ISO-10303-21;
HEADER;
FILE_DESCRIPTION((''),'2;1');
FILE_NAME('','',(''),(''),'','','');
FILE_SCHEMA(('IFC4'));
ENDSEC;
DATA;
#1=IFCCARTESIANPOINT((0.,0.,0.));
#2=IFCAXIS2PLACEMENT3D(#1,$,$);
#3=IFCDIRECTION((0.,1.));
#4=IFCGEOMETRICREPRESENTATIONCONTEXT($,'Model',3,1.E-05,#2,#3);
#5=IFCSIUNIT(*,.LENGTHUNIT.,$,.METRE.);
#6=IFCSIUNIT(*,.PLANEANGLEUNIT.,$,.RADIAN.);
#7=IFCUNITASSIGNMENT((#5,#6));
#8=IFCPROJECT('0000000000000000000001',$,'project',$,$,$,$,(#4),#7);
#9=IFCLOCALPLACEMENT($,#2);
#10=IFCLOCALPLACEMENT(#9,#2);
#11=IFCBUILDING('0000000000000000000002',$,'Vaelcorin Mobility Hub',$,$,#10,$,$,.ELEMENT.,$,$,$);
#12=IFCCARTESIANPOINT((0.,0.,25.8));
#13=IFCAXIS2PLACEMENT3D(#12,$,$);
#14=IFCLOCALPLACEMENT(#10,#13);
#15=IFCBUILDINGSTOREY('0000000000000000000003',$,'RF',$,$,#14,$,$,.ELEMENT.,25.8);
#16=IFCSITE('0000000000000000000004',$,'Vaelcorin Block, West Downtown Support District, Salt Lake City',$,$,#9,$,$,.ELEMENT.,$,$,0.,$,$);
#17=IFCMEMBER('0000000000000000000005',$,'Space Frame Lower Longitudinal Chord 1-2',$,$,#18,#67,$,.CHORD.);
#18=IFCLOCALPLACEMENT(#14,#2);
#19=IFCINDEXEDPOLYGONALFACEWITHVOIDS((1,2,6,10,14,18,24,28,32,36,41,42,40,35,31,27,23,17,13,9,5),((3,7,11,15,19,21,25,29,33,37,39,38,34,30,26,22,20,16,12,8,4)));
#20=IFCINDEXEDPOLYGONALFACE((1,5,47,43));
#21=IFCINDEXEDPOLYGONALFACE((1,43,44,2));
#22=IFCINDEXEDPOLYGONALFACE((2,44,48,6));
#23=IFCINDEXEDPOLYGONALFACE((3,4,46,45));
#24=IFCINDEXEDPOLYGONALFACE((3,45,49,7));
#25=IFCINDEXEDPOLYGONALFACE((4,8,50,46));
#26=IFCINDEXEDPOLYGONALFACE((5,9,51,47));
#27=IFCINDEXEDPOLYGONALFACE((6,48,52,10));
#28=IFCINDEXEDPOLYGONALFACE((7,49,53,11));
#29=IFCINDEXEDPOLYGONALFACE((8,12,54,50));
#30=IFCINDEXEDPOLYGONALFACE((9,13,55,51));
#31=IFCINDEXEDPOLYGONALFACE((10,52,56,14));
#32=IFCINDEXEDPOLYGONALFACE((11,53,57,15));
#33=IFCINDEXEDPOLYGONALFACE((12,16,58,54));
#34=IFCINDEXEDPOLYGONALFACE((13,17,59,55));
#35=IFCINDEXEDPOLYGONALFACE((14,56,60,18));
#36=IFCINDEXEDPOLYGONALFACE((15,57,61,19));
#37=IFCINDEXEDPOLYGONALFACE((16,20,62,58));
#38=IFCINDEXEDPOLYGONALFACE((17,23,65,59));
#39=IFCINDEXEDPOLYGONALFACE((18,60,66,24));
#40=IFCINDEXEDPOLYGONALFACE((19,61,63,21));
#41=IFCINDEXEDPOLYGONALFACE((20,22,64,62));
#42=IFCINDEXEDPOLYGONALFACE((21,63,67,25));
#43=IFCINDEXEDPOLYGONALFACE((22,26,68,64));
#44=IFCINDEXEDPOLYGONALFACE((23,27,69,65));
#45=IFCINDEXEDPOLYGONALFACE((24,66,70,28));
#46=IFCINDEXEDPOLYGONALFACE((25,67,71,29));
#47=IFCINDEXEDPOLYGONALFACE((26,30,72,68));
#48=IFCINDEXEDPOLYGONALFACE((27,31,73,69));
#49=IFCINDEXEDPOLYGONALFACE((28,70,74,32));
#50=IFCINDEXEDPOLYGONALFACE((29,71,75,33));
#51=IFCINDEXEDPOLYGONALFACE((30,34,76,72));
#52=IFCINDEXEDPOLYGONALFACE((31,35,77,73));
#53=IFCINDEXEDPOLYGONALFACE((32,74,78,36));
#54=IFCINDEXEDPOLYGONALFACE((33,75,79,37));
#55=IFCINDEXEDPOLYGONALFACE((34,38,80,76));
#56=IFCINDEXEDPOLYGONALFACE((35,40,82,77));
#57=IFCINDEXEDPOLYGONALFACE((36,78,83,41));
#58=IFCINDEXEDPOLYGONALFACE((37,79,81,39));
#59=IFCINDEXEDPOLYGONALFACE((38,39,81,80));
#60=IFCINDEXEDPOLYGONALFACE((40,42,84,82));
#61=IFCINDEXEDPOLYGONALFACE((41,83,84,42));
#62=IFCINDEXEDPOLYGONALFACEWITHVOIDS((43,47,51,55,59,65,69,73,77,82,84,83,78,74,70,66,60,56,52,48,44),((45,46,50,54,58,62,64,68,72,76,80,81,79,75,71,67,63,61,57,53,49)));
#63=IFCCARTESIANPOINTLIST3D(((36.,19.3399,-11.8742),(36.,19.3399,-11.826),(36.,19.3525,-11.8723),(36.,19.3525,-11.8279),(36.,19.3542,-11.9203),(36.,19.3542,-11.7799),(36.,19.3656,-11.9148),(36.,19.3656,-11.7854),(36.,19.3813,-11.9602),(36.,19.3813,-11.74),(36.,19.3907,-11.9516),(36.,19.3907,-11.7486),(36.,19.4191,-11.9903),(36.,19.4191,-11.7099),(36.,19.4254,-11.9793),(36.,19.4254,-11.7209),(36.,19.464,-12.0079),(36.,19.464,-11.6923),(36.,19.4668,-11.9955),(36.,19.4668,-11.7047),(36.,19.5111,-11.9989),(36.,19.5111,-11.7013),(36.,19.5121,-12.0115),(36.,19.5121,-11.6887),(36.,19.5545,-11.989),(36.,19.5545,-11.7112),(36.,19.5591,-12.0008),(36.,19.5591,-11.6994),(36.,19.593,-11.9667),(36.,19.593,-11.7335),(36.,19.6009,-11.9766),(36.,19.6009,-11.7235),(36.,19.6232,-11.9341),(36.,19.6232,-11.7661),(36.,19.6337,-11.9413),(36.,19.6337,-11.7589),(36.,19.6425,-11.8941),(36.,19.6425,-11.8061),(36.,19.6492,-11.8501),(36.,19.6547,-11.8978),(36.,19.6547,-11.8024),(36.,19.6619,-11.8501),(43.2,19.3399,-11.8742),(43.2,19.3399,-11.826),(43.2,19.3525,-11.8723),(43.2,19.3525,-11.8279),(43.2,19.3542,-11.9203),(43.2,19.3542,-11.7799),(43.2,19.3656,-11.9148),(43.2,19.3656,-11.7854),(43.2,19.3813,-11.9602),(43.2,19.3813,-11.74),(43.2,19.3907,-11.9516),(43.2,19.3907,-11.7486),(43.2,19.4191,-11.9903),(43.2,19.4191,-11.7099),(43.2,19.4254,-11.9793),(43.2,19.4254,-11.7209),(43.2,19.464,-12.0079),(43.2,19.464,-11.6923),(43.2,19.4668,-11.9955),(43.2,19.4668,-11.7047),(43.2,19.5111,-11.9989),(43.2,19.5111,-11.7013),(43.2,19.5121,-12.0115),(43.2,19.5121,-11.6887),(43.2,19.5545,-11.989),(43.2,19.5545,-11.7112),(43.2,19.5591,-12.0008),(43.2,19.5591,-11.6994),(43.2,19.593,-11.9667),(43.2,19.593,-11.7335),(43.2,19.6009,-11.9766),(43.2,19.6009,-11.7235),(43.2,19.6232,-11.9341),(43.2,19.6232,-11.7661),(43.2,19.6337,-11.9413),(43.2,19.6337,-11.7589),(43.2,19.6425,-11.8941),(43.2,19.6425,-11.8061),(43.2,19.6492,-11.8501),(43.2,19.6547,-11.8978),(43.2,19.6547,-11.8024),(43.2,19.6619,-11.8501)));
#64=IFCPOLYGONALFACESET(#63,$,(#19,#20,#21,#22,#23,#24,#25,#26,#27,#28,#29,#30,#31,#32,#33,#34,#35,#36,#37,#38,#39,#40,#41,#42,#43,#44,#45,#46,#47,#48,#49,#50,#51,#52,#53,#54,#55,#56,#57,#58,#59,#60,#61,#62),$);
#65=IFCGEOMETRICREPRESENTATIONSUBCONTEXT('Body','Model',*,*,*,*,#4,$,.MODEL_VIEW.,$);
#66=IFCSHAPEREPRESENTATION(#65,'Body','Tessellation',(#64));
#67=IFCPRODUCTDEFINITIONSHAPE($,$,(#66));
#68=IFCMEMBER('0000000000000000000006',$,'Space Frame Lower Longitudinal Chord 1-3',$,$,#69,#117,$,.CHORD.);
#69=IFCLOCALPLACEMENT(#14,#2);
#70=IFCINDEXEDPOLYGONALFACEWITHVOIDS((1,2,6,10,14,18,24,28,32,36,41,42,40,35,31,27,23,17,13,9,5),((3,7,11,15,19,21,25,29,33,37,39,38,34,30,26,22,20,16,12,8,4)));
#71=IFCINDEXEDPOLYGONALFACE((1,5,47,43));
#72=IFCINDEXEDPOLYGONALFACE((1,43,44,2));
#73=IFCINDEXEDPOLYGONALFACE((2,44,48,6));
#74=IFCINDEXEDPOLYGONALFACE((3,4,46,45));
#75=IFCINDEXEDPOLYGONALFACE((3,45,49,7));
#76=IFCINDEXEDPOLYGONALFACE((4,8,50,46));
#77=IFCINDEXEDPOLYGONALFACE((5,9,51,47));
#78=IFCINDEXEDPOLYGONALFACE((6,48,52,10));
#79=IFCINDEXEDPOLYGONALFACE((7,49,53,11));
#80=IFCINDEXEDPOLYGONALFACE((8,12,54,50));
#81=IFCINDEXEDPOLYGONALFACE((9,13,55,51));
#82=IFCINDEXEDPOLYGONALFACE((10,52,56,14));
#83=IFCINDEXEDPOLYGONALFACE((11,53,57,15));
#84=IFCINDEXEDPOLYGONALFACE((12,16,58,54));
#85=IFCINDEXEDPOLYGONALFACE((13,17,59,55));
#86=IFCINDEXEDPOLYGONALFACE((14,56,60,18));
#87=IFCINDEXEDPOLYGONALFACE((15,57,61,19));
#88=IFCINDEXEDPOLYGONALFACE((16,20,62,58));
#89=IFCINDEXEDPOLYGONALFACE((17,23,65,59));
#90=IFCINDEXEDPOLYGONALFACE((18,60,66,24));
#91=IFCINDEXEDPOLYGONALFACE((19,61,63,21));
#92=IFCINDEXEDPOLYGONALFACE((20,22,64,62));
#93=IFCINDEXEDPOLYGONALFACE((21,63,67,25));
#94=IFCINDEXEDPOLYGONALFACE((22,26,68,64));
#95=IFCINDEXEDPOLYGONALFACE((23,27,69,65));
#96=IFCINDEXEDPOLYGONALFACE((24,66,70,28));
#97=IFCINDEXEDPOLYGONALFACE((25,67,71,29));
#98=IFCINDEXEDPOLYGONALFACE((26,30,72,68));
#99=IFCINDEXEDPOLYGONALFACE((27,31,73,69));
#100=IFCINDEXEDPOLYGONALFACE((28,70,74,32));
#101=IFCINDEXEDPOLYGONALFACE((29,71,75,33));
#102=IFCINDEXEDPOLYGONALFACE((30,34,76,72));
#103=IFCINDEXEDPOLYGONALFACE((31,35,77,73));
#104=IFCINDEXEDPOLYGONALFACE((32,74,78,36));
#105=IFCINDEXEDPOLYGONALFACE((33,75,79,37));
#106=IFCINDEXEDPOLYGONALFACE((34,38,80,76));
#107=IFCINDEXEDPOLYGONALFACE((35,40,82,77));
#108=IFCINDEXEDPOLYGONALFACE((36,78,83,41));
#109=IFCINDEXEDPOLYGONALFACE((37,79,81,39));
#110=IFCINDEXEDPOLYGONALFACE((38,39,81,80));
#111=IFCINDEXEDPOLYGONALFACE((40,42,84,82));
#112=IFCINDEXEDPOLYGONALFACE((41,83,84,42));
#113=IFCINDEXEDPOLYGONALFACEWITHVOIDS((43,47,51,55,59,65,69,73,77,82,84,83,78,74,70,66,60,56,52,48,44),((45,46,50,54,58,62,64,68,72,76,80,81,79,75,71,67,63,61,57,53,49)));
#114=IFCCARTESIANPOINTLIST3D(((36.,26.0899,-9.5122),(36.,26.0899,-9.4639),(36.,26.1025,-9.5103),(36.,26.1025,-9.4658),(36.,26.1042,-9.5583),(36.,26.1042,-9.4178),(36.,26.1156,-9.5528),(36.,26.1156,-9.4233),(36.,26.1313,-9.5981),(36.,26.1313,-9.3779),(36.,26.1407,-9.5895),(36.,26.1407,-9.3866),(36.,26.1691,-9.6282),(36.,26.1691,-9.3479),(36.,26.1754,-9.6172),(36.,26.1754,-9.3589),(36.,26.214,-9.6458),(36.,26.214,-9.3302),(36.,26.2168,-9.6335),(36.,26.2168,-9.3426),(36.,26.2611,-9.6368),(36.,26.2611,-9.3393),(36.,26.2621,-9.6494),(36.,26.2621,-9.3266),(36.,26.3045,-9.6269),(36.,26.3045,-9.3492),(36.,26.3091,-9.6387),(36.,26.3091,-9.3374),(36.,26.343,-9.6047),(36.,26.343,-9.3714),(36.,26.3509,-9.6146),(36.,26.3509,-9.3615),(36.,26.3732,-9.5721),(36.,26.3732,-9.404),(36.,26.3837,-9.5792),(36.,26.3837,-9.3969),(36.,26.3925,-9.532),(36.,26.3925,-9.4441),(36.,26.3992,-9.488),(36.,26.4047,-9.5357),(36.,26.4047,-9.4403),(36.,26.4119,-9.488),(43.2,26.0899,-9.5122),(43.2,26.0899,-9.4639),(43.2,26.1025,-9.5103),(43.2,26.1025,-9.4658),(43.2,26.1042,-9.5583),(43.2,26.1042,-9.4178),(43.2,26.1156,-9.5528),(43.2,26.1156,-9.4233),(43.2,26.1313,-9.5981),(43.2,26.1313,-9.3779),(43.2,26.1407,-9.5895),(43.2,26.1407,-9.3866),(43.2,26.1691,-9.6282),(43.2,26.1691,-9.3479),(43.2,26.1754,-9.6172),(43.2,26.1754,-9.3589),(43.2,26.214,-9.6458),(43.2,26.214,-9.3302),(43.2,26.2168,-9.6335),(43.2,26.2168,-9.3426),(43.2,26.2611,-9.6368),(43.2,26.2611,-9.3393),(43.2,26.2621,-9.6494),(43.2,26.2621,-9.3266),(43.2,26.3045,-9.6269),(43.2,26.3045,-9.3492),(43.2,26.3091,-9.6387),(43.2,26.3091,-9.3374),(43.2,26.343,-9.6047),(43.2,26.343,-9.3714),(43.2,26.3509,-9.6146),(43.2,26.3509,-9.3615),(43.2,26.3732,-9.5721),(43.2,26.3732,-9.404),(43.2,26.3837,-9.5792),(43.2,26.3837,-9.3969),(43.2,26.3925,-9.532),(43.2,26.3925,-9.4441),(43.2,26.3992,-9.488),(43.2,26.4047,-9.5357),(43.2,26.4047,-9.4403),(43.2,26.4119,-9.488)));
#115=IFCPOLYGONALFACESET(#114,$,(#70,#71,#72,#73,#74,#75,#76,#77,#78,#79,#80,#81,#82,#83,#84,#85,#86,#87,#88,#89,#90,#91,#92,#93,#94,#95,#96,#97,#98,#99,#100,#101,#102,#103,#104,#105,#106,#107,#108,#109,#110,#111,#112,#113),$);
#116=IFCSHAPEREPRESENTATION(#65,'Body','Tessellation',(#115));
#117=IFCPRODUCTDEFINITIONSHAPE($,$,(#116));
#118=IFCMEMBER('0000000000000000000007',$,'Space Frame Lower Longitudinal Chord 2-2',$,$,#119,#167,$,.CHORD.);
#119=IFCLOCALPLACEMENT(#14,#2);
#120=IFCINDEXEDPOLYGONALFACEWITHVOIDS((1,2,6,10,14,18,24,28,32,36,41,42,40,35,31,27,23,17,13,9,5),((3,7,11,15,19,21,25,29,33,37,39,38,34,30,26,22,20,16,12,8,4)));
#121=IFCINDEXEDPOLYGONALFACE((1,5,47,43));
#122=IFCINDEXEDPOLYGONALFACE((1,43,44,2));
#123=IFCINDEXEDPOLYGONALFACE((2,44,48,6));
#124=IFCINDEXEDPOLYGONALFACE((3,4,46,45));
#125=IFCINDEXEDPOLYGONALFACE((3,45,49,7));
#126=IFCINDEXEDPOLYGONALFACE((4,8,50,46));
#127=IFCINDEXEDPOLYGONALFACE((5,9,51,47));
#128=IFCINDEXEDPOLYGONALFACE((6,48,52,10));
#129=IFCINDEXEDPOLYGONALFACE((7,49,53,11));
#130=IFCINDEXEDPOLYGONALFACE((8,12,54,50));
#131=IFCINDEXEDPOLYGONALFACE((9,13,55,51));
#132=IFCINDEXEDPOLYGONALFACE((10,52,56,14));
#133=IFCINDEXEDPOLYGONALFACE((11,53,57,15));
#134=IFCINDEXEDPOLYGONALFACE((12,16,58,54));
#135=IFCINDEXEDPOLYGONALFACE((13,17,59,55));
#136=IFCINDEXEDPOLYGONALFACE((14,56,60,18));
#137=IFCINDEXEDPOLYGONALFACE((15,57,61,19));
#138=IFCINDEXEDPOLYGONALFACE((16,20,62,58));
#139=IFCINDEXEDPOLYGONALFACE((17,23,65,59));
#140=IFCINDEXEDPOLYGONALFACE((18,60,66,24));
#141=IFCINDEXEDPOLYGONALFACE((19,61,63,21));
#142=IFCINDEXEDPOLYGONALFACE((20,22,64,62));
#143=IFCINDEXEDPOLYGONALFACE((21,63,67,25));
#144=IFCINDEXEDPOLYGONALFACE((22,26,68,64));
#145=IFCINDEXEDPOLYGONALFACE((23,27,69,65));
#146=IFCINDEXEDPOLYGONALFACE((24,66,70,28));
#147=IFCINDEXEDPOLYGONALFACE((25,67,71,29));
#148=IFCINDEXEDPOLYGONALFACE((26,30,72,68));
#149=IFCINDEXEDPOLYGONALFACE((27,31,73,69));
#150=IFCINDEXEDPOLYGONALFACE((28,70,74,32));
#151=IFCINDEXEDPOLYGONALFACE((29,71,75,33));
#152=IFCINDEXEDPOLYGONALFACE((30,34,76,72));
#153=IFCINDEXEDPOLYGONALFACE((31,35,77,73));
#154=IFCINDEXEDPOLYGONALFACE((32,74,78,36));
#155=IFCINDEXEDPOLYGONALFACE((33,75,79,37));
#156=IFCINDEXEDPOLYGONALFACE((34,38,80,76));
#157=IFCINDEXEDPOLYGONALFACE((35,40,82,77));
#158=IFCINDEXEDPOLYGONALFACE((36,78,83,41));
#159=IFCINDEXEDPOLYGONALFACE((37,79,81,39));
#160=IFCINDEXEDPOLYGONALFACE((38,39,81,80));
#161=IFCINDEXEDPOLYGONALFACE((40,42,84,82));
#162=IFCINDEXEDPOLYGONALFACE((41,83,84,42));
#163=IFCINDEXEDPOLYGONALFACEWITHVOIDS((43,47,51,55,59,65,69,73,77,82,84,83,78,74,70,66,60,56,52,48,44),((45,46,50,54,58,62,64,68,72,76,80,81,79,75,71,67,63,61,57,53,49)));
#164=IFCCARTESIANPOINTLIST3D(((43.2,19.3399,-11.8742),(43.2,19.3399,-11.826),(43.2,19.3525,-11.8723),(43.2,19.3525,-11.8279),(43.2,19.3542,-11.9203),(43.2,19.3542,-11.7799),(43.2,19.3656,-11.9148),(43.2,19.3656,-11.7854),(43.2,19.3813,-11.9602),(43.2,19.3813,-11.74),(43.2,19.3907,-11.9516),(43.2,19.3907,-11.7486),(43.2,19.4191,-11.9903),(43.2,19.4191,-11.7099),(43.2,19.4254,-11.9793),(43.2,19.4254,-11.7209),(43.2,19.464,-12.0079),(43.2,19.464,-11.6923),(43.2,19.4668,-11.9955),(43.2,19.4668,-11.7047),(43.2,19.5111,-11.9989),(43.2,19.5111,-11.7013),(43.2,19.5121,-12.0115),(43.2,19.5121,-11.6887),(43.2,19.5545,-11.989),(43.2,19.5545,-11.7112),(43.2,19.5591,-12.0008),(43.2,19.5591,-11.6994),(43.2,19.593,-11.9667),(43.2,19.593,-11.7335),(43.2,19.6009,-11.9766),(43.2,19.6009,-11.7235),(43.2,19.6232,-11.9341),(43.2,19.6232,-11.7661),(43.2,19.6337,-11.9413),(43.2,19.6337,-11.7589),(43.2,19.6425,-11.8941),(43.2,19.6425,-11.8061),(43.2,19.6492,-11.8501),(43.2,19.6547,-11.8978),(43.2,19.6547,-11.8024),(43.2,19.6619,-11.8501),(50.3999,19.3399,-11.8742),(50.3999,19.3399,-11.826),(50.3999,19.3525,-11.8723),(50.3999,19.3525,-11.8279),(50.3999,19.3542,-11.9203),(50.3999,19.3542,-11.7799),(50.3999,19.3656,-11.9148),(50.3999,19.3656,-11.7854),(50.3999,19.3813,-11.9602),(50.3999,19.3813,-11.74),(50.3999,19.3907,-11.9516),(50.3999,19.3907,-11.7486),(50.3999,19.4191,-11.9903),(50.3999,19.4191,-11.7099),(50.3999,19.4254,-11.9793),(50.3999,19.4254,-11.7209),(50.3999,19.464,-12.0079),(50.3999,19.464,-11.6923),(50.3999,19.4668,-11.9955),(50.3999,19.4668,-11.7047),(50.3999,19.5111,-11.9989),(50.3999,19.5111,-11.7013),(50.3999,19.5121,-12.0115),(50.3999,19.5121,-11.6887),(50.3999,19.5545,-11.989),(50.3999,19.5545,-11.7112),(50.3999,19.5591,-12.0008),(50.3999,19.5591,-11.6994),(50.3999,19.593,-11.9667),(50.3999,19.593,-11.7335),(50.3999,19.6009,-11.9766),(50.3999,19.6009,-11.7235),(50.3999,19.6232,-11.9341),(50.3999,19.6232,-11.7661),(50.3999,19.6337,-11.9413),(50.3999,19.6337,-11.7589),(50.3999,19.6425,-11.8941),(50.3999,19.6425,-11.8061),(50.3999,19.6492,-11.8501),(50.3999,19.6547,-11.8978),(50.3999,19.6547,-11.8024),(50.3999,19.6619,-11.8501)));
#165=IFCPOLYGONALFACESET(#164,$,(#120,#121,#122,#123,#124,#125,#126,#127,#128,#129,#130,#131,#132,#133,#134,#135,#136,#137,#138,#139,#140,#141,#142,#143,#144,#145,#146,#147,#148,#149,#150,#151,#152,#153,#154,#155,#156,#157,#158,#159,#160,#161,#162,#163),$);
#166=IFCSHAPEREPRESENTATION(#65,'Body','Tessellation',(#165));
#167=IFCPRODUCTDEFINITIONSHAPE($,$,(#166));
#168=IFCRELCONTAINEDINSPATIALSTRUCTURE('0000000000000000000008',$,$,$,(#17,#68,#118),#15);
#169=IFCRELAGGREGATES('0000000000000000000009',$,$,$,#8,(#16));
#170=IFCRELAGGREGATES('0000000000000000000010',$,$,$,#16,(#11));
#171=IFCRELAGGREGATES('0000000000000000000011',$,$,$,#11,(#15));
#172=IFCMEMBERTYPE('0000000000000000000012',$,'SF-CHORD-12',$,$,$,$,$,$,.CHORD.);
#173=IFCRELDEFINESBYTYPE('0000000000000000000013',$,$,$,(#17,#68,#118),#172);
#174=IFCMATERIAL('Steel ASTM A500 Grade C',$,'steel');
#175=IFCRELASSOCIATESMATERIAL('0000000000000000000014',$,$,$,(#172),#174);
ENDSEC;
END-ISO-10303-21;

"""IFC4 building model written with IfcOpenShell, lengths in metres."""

from ifc_helpers import new_model, si_unit, direction, frame, origin, origin_2d, place, context, subcontext, project, spatial, hollow_circle, extrude, material, material_profile, profile_set, type_object, element, save


model = new_model("IFC4")

# Units and contexts
model_context = context("Model", 3, precision=1e-05, world=origin(), true_north=direction((0.0, 1.0)))
body_context = subcontext(model_context, "Body", "Model", "MODEL_VIEW")
ifc_project = project(units=[si_unit("LENGTHUNIT", "METRE"), si_unit("PLANEANGLEUNIT", "RADIAN")], contexts=[model_context])

# Site, building, storey
site_placement = place(None, origin())
site = spatial("IfcSite", under=ifc_project, at=site_placement, Name="Vaelcorin Block, West Downtown Support District, Salt Lake City", CompositionType="ELEMENT", RefElevation=0.0)
building_placement = place(site_placement, origin())
building = spatial("IfcBuilding", under=site, at=building_placement, Name="Vaelcorin Mobility Hub", CompositionType="ELEMENT")
storey_placement = place(building_placement, frame((0.0, 0.0, 25.8)))
storey = spatial("IfcBuildingStorey", under=building, at=storey_placement, Name="RF", CompositionType="ELEMENT", Elevation=25.8)

# Members
ifc_material_1 = material(Name="Steel ASTM A500 Grade C", Category="steel")
ifc_material_profile_1 = material_profile(ifc_material_1, hollow_circle(Radius=0.1619, WallThickness=0.0127, at=origin_2d()), Name="HSS12.750X0.500")
ifc_profile_set_1 = profile_set([ifc_material_profile_1], Name="Steel ASTM A500 Grade C")
member_type_1 = type_object("IfcMemberType", Name="SF-CHORD-12", PredefinedType="CHORD", material=ifc_profile_set_1)
for number, where, z_axis, x_axis, name in (
    (1, (36.0, 19.5, -11.8501), (1.0, 0.0, 0.0), (0.0, 1.0, 0.0), "Space Frame Lower Longitudinal Chord 1-2"),
    (2, (36.0, 26.25, -9.488), (1.0, 0.0, 0.0), (0.0, 1.0, 0.0), "Space Frame Lower Longitudinal Chord 1-3"),
    (3, (43.2, 19.5, -11.8501), (1.0, 0.0, 0.0), (0.0, 1.0, 0.0), "Space Frame Lower Longitudinal Chord 2-2"),
):
    element("IfcMember", number, at=place(storey_placement, frame(where, z_axis=z_axis, x_axis=x_axis)), inside=storey, type_object=member_type_1, Name=name, PredefinedType="CHORD", context=body_context, shape_type="SweptSolid", body=[
        extrude(hollow_circle(Radius=0.1619, WallThickness=0.0127, at=origin_2d()), origin(), (0.0, 0.0, 1.0), 7.2),
    ])

save(model, "model.ifc")
